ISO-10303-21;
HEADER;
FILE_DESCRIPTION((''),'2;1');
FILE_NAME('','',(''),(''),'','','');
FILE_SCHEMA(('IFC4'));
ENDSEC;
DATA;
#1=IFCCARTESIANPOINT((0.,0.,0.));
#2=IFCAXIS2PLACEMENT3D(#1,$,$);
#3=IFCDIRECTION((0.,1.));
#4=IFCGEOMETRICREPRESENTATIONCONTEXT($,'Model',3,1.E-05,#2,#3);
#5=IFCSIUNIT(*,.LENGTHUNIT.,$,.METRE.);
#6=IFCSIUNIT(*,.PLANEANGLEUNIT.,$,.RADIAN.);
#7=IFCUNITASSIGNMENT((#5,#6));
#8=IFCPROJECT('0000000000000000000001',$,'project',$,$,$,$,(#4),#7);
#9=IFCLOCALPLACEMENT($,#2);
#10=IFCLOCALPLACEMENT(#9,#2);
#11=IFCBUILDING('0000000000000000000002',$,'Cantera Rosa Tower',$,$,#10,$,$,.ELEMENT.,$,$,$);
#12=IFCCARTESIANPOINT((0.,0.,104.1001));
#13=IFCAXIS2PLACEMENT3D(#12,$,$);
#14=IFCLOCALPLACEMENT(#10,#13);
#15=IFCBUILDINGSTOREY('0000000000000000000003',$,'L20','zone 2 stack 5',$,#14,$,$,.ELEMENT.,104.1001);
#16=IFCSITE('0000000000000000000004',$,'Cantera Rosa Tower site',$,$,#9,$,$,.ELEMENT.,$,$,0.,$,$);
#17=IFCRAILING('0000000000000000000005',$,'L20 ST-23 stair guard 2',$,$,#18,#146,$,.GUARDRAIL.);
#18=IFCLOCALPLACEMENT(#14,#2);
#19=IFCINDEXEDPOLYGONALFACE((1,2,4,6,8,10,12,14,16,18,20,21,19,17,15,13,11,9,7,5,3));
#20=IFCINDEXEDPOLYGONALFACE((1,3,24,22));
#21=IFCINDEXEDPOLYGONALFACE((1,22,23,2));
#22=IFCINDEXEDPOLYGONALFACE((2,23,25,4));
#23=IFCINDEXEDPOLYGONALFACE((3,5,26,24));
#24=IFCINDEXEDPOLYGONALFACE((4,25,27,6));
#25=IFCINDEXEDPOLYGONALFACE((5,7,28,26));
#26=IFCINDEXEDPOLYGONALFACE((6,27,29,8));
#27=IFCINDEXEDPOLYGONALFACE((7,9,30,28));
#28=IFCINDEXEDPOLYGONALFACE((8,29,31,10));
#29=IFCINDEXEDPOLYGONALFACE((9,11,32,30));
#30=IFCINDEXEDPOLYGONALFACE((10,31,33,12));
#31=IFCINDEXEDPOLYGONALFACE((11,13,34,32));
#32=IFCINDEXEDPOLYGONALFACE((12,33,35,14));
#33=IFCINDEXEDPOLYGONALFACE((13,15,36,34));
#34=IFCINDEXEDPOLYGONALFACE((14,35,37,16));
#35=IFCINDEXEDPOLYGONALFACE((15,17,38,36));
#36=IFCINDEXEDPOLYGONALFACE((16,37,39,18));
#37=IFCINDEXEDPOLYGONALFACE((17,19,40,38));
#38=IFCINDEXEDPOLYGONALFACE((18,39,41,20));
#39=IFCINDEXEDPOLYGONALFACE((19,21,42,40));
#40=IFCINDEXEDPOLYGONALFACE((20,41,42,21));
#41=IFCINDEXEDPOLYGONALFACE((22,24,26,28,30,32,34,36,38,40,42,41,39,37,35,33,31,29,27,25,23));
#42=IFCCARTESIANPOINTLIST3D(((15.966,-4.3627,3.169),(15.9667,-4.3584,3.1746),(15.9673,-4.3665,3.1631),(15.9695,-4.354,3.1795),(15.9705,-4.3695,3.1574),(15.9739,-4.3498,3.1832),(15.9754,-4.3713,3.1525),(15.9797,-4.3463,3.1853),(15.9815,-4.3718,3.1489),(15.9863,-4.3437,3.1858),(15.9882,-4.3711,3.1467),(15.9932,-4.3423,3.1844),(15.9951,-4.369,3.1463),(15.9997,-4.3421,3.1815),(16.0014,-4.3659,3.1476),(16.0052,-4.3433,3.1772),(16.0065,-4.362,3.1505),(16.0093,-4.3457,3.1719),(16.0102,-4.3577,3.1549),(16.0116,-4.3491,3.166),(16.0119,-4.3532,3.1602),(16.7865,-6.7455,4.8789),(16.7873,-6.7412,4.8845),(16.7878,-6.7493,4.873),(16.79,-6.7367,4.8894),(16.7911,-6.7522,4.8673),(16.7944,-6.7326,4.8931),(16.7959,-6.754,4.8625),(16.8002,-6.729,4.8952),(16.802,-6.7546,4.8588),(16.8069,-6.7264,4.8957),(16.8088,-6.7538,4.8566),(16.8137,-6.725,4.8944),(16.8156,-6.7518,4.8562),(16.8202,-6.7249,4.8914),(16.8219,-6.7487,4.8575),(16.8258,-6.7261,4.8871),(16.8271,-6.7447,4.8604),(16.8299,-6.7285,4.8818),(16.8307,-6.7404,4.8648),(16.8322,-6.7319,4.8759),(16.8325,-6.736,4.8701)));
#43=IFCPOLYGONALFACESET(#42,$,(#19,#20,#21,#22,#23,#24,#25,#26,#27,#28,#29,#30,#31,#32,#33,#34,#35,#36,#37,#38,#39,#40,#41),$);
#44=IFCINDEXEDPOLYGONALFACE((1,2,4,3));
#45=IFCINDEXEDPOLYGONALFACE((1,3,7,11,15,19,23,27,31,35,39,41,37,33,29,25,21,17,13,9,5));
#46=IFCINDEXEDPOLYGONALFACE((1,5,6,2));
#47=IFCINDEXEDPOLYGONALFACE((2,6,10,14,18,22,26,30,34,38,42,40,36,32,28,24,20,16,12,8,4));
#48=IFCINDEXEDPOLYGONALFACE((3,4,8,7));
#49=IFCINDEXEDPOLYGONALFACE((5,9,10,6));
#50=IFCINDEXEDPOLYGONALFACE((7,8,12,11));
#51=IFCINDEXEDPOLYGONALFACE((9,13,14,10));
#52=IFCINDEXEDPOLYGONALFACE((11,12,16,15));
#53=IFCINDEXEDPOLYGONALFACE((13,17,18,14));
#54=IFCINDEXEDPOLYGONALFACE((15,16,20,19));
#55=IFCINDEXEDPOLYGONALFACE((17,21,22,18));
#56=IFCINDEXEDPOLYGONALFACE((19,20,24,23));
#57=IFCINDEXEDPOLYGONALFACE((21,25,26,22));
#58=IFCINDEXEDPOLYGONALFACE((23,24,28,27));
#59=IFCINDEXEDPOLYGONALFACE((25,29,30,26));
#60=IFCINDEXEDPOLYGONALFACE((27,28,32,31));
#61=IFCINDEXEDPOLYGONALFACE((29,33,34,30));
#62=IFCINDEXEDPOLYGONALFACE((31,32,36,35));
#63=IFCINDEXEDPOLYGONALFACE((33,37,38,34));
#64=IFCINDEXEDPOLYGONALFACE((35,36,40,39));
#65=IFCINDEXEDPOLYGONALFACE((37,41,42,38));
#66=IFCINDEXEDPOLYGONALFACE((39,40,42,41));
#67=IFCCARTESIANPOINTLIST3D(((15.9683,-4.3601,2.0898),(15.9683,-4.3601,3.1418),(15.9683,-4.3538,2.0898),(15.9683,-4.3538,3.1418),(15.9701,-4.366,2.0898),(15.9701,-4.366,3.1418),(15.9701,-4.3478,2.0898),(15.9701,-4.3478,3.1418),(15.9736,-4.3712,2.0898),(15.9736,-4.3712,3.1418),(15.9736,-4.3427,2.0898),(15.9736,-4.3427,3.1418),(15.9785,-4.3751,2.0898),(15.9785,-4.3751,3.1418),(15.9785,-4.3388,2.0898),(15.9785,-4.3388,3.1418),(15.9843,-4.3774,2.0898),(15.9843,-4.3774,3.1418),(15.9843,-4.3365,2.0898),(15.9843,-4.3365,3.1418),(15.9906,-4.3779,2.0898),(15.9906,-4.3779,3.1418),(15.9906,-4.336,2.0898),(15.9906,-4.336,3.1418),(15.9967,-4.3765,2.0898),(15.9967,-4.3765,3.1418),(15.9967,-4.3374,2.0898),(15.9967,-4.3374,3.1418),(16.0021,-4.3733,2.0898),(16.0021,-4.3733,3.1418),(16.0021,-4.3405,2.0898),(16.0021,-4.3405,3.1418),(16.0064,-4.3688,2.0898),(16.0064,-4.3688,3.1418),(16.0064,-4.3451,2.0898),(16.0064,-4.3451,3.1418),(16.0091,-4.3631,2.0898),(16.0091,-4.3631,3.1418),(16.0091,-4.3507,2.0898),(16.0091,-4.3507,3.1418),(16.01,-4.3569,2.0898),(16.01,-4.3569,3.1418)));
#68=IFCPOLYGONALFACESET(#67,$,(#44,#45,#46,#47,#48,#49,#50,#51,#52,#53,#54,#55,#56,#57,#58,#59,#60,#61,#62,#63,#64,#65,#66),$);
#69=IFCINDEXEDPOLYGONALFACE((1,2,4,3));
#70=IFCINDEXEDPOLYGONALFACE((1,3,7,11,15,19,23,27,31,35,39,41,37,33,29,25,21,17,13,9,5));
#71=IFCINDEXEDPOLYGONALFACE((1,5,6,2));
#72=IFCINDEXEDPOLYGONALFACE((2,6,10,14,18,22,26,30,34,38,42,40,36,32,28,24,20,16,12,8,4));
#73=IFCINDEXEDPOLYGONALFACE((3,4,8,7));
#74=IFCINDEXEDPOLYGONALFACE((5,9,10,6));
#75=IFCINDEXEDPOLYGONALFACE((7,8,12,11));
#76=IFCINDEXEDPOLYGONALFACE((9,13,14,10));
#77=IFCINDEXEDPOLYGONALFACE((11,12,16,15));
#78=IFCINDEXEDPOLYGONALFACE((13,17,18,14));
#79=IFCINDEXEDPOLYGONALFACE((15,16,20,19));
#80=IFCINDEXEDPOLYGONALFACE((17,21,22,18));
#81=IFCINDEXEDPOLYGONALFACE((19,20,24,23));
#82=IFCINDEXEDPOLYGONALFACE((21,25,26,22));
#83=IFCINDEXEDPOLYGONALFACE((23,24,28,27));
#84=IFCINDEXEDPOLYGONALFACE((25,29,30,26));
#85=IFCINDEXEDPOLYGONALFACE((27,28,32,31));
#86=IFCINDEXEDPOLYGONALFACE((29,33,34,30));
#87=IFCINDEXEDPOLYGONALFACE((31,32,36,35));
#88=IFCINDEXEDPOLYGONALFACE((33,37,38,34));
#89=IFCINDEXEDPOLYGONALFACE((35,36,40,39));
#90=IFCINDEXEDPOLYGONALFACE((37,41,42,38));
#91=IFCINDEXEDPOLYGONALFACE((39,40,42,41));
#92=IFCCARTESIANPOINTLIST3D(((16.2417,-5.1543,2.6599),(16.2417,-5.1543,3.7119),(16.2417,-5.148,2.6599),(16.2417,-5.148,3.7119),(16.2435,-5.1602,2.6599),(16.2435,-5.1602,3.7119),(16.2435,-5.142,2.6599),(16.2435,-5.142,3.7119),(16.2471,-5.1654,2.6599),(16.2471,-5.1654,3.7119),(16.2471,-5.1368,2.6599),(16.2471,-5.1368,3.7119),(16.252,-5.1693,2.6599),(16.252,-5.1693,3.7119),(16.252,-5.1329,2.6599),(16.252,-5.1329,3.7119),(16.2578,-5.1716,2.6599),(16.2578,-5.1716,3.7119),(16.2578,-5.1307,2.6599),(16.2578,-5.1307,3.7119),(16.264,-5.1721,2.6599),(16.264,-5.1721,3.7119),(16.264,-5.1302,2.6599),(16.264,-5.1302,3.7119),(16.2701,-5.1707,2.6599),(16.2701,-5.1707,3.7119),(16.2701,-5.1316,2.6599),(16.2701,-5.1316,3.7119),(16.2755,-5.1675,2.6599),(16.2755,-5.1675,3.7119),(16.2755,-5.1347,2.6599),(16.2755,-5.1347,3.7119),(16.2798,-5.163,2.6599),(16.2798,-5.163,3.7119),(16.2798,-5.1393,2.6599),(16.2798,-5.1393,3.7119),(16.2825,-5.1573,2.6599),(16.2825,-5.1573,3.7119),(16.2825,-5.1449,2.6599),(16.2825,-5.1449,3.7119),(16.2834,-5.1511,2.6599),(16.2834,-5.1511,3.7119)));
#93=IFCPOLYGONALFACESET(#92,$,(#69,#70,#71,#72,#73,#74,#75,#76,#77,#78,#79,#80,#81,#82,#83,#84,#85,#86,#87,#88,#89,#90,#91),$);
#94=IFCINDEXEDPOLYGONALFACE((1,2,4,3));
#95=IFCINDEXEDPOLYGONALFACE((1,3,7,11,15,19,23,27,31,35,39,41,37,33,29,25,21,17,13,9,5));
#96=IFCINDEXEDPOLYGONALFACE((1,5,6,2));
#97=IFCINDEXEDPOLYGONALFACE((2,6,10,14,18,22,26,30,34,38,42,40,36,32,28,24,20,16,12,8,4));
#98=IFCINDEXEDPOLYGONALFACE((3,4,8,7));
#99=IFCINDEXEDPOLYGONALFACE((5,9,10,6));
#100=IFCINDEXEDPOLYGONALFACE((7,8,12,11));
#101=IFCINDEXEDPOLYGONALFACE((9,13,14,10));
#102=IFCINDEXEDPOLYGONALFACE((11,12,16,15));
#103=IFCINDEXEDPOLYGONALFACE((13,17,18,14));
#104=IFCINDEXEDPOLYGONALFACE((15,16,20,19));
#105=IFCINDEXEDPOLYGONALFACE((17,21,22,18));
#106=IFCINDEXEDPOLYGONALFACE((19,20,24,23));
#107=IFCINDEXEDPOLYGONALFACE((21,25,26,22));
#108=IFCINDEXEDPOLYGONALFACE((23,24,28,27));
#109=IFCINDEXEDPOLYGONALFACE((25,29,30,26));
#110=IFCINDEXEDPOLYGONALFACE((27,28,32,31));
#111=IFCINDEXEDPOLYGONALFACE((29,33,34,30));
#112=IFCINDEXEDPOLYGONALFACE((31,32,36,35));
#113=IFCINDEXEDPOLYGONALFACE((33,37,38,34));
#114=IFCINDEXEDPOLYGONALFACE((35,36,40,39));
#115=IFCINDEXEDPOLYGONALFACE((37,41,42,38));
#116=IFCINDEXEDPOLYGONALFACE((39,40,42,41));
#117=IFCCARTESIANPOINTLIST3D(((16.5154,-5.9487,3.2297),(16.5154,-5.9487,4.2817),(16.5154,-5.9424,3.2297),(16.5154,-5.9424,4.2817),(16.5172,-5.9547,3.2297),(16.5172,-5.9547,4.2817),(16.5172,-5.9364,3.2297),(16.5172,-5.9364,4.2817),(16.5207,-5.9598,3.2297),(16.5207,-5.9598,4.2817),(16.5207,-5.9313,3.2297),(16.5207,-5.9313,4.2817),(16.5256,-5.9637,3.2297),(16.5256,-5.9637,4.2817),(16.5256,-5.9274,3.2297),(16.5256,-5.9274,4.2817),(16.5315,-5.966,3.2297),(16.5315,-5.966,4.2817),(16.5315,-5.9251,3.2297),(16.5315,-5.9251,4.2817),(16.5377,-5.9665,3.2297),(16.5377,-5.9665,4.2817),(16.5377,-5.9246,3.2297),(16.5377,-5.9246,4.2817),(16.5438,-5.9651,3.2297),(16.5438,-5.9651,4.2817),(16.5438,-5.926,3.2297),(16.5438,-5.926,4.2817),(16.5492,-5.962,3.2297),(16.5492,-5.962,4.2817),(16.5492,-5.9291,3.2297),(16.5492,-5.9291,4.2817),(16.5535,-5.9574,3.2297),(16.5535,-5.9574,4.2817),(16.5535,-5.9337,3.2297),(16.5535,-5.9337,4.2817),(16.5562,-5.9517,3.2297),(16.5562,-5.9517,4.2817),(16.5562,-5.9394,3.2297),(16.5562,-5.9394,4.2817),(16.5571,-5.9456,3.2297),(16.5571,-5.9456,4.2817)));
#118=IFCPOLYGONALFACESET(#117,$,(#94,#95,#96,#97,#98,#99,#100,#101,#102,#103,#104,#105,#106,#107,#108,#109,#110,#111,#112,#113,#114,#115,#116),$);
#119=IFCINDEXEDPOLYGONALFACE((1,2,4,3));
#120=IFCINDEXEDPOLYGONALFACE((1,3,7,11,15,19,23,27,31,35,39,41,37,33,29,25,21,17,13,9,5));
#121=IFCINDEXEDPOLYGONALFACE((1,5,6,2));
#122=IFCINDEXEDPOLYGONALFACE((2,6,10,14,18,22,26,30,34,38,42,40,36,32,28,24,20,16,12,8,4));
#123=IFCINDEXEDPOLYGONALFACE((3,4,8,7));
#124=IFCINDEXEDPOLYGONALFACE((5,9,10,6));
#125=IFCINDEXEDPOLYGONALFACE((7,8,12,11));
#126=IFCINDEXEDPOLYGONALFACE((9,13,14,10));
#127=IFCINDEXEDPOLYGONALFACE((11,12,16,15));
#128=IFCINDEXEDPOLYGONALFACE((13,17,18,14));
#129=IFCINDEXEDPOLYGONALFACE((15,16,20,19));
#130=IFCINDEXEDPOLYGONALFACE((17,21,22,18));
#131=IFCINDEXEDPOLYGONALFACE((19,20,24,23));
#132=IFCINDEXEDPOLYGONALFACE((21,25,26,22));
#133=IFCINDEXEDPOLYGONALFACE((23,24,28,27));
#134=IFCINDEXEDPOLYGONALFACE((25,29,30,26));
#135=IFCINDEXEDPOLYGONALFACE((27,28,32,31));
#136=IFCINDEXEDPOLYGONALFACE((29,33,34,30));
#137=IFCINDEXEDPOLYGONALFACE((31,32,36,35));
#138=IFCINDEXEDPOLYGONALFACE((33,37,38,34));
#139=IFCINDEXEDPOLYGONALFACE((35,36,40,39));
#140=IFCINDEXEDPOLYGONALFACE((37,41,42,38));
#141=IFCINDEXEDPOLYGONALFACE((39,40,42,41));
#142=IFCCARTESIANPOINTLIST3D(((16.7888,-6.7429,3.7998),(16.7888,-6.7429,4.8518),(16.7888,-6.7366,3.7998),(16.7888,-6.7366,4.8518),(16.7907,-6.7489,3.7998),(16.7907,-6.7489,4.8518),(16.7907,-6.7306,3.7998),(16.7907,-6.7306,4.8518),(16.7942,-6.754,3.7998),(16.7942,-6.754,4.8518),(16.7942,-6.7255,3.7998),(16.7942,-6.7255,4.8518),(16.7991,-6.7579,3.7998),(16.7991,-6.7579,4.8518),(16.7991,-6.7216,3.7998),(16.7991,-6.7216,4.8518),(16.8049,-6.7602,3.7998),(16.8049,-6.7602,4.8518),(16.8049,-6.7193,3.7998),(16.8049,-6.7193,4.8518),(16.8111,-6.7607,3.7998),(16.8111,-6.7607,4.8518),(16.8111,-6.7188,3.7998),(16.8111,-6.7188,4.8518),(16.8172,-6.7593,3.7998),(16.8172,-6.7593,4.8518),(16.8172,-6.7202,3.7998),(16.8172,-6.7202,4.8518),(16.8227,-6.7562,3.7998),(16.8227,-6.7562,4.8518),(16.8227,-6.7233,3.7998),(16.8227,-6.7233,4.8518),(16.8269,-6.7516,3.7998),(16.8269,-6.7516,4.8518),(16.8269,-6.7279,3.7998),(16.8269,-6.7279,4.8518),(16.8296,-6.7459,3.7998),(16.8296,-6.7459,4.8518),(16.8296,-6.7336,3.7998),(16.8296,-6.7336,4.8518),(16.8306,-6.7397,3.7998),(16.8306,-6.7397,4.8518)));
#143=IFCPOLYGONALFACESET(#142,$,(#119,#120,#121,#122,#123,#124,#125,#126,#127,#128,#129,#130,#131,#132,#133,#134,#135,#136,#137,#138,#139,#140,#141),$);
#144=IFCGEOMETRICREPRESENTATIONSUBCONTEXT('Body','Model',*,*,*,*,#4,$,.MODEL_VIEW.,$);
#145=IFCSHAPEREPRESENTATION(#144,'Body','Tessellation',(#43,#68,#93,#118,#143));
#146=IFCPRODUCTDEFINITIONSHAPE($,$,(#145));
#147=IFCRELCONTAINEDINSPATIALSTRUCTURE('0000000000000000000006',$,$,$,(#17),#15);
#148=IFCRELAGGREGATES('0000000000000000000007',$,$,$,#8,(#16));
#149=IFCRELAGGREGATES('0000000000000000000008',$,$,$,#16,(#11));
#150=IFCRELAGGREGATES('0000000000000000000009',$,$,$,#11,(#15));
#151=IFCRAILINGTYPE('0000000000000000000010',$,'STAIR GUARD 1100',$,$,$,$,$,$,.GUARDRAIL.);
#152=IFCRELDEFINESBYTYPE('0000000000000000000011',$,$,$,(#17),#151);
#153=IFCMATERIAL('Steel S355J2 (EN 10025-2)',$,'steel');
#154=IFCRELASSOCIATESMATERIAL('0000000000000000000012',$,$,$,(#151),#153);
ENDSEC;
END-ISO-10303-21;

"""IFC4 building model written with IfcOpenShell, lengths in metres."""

from ifc_helpers import new_model, si_unit, direction, frame, origin, origin_2d, place, context, subcontext, project, spatial, circle, extrude, material, type_object, element, save


model = new_model("IFC4")

# Units and contexts
model_context = context("Model", 3, precision=1e-05, world=origin(), true_north=direction((0.0, 1.0)))
body_context = subcontext(model_context, "Body", "Model", "MODEL_VIEW")
ifc_project = project(units=[si_unit("LENGTHUNIT", "METRE"), si_unit("PLANEANGLEUNIT", "RADIAN")], contexts=[model_context])

# Site, building, storey
site_placement = place(None, origin())
site = spatial("IfcSite", under=ifc_project, at=site_placement, Name="Cantera Rosa Tower site", CompositionType="ELEMENT", RefElevation=0.0)
building_placement = place(site_placement, origin())
building = spatial("IfcBuilding", under=site, at=building_placement, Name="Cantera Rosa Tower", CompositionType="ELEMENT")
storey_placement = place(building_placement, frame((0.0, 0.0, 104.1001)))
storey = spatial("IfcBuildingStorey", under=building, at=storey_placement, Name="L20", Description="zone 2 stack 5", CompositionType="ELEMENT", Elevation=104.1001)

# Railing
ifc_material_1 = material(Name="Steel S355J2 (EN 10025-2)", Category="steel")
railing_type_1 = type_object("IfcRailingType", Name="STAIR GUARD 1100", PredefinedType="GUARDRAIL", material=ifc_material_1)
railing_1_placement = place(storey_placement, frame((15.989, -4.3569, 2.0898)))
element("IfcRailing", 1, at=railing_1_placement, inside=storey, type_object=railing_type_1, Name="L20 ST-23 stair guard 2", PredefinedType="GUARDRAIL", context=body_context, shape_type="SweptSolid", body=[
    extrude(circle(Radius=0.0239, at=origin_2d()), frame((0.0, 0.0, 1.0762), z_axis=(0.269432, -0.782404, 0.561471), x_axis=(0.945508, 0.3256, 0.0)), (0.0, 0.0, 1.0), 3.0454),
    extrude(circle(Radius=0.021, at=origin_2d()), origin(), (0.0, 0.0, 1.0), 1.052),
    extrude(circle(Radius=0.021, at=origin_2d()), frame((0.2734, -0.7942, 0.5701)), (0.0, 0.0, 1.0), 1.052),
    extrude(circle(Radius=0.021, at=origin_2d()), frame((0.5471, -1.5886, 1.1399)), (0.0, 0.0, 1.0), 1.052),
    extrude(circle(Radius=0.021, at=origin_2d()), frame((0.8206, -2.3828, 1.71)), (0.0, 0.0, 1.0), 1.052),
])

save(model, "model.ifc")
